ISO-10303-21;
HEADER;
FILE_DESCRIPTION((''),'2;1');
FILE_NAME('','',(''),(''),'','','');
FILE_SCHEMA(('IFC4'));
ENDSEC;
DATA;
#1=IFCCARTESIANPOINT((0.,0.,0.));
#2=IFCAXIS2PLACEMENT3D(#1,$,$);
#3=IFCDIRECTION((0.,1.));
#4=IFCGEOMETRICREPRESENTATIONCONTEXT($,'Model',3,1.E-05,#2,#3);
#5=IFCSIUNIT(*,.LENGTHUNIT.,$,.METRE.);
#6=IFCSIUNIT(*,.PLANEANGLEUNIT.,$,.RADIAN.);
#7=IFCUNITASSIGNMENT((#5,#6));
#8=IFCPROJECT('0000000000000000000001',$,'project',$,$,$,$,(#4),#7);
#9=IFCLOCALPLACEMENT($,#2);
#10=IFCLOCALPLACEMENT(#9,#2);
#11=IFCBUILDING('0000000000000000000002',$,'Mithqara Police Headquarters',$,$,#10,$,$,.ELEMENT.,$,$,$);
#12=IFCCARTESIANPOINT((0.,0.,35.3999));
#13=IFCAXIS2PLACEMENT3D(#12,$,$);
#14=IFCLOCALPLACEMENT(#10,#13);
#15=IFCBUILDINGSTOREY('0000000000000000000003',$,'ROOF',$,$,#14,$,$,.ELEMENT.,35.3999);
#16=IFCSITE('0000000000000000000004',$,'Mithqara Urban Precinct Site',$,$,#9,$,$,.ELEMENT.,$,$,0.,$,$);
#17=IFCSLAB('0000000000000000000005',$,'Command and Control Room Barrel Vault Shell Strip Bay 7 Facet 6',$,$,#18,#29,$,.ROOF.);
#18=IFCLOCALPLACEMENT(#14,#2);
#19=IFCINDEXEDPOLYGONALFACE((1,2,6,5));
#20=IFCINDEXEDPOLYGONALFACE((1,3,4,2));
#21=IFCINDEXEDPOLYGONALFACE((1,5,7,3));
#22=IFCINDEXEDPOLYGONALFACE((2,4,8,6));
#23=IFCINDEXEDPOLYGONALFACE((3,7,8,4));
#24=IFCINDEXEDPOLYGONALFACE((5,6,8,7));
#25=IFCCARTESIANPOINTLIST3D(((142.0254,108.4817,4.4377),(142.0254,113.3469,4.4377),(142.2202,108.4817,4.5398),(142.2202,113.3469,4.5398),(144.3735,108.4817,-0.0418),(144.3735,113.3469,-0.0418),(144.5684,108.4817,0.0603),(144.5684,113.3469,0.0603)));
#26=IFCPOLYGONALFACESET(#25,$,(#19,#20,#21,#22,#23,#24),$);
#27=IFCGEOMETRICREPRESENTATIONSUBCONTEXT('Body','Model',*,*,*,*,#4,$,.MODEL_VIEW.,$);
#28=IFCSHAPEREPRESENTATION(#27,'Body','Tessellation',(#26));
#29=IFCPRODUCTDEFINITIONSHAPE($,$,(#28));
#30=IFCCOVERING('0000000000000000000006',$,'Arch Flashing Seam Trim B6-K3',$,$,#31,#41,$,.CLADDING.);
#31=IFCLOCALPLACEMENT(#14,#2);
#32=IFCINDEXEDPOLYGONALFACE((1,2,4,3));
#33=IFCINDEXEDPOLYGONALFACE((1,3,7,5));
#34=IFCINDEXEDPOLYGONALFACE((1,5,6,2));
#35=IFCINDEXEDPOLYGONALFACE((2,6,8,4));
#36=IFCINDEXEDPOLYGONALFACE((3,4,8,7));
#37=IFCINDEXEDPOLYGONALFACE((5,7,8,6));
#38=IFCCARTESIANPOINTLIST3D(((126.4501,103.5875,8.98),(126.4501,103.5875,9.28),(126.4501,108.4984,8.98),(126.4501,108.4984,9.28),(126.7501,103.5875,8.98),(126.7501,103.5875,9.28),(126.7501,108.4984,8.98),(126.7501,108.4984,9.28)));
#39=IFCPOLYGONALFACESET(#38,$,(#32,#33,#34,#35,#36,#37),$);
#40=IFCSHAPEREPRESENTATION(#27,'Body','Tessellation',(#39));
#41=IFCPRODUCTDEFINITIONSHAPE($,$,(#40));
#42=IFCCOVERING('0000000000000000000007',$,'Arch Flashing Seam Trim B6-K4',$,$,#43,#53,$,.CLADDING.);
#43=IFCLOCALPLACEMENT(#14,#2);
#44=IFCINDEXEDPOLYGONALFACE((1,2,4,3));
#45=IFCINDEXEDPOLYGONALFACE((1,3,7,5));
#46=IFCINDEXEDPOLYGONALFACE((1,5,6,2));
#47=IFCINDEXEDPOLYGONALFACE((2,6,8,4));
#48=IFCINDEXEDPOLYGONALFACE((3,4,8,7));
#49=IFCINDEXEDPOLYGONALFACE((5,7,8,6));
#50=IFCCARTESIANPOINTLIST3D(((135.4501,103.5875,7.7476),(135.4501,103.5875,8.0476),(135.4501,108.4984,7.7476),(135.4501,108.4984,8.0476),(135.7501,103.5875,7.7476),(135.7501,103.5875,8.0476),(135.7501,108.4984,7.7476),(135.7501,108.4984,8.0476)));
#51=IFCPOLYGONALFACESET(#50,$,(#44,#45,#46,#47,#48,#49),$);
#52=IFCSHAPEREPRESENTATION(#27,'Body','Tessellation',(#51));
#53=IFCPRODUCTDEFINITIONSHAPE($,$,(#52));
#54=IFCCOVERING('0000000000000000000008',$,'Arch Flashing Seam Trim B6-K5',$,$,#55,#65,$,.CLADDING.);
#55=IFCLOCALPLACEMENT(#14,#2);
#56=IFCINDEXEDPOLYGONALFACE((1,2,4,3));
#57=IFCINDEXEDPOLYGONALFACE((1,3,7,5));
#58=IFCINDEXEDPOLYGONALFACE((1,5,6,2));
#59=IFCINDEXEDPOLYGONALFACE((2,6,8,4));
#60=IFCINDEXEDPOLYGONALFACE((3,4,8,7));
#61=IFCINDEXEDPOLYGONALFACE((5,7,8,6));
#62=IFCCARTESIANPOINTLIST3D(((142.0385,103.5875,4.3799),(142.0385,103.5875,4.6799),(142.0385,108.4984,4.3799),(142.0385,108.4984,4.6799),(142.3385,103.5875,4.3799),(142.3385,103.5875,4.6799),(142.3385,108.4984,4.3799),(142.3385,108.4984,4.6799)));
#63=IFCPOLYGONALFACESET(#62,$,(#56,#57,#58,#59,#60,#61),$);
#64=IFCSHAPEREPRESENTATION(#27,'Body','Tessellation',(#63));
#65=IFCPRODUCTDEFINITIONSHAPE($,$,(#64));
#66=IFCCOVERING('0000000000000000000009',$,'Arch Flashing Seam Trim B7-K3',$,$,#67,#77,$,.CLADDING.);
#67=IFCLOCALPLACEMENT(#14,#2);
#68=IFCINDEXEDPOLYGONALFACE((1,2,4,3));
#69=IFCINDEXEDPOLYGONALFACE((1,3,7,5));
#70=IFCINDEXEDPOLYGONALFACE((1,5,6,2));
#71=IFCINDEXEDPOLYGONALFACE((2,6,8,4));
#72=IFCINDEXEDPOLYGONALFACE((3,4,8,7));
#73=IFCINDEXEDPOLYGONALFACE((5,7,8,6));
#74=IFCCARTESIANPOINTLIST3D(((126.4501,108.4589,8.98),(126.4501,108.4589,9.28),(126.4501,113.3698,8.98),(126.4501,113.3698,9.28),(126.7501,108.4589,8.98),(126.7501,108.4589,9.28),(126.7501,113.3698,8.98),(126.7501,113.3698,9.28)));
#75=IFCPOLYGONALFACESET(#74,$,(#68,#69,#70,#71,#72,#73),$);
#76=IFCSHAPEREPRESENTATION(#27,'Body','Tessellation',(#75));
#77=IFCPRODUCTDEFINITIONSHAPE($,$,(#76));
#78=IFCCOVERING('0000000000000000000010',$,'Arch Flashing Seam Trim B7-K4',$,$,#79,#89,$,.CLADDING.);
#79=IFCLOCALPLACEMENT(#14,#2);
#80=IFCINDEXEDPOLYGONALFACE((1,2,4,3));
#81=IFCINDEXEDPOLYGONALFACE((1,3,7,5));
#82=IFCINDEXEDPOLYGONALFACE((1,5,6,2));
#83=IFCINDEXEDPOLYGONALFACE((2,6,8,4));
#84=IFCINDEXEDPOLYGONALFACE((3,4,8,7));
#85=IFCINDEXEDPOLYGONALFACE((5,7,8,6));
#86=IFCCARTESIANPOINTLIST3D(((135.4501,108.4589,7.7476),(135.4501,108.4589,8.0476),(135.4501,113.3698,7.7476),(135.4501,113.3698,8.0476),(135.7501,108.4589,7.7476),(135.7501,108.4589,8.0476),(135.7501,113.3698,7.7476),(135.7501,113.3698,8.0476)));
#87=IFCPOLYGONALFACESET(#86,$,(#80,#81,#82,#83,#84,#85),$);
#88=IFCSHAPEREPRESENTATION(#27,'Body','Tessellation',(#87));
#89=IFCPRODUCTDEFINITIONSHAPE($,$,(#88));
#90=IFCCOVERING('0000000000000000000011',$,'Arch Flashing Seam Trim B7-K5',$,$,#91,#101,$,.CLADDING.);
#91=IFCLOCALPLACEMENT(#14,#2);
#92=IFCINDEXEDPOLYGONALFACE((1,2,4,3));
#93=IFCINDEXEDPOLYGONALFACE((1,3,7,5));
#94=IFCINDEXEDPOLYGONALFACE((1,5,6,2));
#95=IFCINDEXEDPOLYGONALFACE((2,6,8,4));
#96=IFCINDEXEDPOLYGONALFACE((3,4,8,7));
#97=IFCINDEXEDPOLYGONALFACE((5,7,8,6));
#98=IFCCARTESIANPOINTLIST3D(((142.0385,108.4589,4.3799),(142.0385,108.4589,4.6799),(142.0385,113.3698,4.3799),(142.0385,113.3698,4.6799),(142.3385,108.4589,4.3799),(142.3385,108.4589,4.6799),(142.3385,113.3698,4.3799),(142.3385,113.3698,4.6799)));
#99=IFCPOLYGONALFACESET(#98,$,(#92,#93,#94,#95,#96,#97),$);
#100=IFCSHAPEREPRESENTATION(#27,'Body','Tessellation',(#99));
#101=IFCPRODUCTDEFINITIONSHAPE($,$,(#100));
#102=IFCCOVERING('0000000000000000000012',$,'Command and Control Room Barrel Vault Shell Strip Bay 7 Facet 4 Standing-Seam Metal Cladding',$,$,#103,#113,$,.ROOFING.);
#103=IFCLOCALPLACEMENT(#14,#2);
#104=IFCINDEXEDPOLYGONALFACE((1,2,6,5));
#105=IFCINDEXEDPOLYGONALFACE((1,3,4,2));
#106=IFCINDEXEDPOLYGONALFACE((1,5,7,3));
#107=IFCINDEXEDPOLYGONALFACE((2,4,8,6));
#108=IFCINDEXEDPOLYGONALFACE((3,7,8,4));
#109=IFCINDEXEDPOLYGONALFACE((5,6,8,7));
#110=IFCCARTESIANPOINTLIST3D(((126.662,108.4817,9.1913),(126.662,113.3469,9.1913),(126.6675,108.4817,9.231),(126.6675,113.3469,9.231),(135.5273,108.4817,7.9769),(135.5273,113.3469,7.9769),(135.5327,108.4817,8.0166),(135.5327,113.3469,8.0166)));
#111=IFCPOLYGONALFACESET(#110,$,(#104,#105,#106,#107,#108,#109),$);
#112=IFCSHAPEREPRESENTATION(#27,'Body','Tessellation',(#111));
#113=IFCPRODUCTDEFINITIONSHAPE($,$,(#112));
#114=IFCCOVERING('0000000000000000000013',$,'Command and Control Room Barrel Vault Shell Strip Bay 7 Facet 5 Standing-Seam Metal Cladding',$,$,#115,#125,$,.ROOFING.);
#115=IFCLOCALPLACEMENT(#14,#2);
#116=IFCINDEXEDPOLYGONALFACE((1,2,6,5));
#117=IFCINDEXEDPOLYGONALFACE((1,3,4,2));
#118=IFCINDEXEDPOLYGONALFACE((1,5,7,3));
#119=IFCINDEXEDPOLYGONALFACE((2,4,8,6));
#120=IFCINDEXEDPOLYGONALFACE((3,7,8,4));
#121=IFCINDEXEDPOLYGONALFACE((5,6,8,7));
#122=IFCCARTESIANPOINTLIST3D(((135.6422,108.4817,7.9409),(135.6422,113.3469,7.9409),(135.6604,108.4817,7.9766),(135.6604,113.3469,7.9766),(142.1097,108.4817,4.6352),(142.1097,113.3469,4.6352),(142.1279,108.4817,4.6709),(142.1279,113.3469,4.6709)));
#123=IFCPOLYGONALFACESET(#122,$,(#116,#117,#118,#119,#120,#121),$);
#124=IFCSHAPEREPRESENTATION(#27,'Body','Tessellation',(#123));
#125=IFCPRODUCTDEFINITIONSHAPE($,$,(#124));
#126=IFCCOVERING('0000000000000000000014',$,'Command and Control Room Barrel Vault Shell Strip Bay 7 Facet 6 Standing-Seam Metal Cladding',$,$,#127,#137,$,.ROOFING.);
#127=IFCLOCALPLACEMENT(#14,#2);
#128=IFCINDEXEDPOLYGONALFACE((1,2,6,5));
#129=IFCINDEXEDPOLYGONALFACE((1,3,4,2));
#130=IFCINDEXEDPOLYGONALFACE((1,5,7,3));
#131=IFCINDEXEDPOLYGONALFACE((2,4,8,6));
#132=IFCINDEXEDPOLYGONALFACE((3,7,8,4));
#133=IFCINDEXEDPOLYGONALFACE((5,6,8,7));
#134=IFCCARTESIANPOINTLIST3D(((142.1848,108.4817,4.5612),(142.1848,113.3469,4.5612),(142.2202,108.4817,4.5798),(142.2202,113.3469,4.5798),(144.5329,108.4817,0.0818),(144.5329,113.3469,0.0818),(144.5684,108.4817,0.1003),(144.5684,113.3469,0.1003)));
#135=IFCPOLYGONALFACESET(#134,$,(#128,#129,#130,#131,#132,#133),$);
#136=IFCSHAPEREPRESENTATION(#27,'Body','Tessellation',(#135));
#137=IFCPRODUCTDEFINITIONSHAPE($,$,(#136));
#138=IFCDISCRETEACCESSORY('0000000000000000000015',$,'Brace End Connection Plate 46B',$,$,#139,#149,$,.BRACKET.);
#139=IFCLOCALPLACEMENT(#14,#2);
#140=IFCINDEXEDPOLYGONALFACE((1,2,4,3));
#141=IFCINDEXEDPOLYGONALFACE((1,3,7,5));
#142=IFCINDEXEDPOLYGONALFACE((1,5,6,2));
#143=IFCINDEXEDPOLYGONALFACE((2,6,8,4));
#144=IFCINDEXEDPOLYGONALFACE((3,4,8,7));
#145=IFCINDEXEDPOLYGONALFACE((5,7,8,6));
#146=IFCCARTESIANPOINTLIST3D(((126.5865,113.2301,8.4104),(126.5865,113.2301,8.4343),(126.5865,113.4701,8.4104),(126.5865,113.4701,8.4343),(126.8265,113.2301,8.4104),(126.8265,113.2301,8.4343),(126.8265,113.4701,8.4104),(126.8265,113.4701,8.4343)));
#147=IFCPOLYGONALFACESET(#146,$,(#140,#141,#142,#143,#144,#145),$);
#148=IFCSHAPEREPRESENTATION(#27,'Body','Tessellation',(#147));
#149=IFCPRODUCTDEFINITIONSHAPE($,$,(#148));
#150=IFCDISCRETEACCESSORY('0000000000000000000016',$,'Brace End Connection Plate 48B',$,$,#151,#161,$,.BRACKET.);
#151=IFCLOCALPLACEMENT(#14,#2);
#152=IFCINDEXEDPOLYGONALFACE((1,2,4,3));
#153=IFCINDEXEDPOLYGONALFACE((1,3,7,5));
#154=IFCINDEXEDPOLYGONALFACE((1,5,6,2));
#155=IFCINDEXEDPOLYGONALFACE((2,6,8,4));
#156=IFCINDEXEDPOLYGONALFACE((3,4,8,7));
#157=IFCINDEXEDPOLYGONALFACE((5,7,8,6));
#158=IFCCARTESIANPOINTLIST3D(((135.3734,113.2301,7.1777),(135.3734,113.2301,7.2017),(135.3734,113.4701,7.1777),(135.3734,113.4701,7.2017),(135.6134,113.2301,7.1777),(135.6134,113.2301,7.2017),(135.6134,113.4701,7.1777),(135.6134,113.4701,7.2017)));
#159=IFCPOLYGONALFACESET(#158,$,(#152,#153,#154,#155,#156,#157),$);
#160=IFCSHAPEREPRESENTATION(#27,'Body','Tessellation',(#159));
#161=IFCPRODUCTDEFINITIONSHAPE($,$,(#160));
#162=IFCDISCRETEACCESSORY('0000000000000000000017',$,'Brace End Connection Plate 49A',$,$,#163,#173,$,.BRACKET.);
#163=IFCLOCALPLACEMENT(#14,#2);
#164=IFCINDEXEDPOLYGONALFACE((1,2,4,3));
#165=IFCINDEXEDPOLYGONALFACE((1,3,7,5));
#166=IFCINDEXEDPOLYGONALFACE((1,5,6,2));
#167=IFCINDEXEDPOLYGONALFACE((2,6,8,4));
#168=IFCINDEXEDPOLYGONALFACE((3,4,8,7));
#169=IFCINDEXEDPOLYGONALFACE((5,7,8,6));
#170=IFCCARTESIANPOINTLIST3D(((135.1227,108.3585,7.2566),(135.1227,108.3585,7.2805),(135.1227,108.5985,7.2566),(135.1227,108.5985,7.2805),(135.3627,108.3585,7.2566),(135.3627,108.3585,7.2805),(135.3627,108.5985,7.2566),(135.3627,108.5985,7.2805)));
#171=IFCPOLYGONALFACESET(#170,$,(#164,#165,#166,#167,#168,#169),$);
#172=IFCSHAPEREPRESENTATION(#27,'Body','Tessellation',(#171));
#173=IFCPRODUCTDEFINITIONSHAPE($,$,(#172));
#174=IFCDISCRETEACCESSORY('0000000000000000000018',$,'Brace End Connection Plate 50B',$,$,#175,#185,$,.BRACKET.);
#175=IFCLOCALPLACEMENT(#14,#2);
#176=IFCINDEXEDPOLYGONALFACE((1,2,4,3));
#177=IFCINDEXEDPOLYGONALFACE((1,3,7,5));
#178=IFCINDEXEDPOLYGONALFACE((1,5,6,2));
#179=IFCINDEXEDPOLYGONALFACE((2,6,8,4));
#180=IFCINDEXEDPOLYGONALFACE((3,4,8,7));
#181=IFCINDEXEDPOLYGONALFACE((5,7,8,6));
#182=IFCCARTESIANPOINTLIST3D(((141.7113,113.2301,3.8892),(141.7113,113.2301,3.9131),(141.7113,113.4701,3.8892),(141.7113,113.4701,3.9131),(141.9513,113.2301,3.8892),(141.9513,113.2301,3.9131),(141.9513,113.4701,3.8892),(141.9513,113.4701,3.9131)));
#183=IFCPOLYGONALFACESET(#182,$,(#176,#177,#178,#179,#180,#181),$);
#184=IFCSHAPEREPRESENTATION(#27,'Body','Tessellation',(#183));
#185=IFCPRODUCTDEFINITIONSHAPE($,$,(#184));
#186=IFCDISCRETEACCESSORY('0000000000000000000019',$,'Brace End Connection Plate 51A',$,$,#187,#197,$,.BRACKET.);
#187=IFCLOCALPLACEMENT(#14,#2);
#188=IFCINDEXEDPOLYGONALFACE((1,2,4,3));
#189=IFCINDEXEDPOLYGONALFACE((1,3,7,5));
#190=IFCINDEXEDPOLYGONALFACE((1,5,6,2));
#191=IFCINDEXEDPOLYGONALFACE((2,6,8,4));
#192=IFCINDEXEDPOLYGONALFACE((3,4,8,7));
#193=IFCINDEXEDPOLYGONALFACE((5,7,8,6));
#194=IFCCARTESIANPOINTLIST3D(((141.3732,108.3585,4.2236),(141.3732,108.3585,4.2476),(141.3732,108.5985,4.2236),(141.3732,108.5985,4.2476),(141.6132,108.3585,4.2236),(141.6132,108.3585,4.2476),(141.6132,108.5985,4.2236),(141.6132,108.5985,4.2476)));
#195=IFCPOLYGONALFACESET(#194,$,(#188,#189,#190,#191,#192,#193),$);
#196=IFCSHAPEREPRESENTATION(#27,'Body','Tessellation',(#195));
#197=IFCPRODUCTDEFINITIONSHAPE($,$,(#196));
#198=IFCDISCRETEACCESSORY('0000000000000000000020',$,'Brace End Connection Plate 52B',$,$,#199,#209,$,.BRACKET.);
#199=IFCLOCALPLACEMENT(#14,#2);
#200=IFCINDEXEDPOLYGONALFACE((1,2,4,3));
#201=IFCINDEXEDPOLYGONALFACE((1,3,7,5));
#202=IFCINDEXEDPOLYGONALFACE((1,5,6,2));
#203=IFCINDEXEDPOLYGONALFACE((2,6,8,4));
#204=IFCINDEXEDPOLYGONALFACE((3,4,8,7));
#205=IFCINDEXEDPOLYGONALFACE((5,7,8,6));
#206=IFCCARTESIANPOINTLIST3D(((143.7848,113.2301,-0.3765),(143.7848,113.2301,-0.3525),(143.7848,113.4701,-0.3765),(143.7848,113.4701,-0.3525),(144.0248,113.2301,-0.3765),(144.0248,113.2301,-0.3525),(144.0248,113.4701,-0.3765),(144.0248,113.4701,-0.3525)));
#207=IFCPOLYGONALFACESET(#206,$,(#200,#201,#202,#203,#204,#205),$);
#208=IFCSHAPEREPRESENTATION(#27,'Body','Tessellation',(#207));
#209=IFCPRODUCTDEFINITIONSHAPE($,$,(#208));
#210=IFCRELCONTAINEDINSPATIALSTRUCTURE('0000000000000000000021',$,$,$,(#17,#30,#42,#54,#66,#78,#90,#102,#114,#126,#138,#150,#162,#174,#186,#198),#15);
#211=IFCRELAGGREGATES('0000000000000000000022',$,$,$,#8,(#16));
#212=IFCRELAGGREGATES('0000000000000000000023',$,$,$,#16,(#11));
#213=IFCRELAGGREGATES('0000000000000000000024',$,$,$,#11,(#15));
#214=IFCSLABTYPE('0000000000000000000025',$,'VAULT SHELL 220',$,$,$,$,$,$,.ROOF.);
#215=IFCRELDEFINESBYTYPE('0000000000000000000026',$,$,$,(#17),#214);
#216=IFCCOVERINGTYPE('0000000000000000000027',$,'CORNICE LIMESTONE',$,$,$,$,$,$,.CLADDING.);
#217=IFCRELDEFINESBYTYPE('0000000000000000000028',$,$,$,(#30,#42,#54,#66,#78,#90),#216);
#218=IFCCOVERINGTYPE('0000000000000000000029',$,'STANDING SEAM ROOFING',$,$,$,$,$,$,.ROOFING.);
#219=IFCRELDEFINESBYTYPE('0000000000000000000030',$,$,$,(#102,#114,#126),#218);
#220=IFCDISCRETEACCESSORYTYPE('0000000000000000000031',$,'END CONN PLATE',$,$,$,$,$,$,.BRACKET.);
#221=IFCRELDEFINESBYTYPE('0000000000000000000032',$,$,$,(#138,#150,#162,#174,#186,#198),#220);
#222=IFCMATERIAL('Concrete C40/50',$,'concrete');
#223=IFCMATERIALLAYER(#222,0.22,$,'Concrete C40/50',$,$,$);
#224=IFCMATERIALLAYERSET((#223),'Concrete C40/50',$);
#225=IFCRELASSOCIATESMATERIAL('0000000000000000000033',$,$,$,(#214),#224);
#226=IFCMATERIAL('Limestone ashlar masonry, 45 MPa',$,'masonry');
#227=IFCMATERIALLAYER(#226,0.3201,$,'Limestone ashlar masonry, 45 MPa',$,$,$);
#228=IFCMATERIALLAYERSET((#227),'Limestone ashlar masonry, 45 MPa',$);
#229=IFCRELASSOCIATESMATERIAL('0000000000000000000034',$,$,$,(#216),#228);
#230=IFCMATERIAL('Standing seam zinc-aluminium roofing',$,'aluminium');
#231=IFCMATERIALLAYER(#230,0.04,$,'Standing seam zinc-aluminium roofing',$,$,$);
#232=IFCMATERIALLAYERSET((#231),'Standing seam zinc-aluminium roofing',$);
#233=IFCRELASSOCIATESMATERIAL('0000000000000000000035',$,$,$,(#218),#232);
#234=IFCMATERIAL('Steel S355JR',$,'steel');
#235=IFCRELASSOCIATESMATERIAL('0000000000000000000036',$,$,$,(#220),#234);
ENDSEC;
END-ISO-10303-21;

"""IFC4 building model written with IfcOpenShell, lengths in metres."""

from ifc_helpers import new_model, si_unit, direction, frame, origin, origin_2d, place, context, subcontext, project, spatial, polyline, rectangle, outline, extrude, material, layer, layer_set, type_object, element, save


model = new_model("IFC4")

# Units and contexts
model_context = context("Model", 3, precision=1e-05, world=origin(), true_north=direction((0.0, 1.0)))
body_context = subcontext(model_context, "Body", "Model", "MODEL_VIEW")
ifc_project = project(units=[si_unit("LENGTHUNIT", "METRE"), si_unit("PLANEANGLEUNIT", "RADIAN")], contexts=[model_context])

# Site, building, storey
site_placement = place(None, origin())
site = spatial("IfcSite", under=ifc_project, at=site_placement, Name="Mithqara Urban Precinct Site", CompositionType="ELEMENT", RefElevation=0.0)
building_placement = place(site_placement, origin())
building = spatial("IfcBuilding", under=site, at=building_placement, Name="Mithqara Police Headquarters", CompositionType="ELEMENT")
storey_placement = place(building_placement, frame((0.0, 0.0, 35.3999)))
storey = spatial("IfcBuildingStorey", under=building, at=storey_placement, Name="ROOF", CompositionType="ELEMENT", Elevation=35.3999)

# Shared definitions
ifc_material_1 = material(Name="Steel S355JR", Category="steel")

# Slab
ifc_material_2 = material(Name="Concrete C40/50", Category="concrete")
ifc_layer_1 = layer(ifc_material_2, 0.22, Name="Concrete C40/50")
ifc_layer_set_1 = layer_set([ifc_layer_1], Name="Concrete C40/50")
slab_type = type_object("IfcSlabType", Name="VAULT SHELL 220", PredefinedType="ROOF", material=ifc_layer_set_1)
slab_1_placement = place(storey_placement, frame((142.2202, 108.4817, 4.5398), z_axis=(0.88569, 0.0, 0.464278), x_axis=(0.464278, 0.0, -0.88569)))
element("IfcSlab", 1, at=slab_1_placement, inside=storey, type_object=slab_type, Name="Command and Control Room Barrel Vault Shell Strip Bay 7 Facet 6", PredefinedType="ROOF", context=body_context, shape_type="SweptSolid", body=[
    extrude(outline(polyline([(0.0, 0.0), (5.0576, 0.0), (5.0576, 4.8652), (0.0, 4.8652), (0.0, 0.0)])), origin(), (0.0, 0.0, -1.0), 0.22),
])

# Coverings
ifc_material_3 = material(Name="Limestone ashlar masonry, 45 MPa", Category="masonry")
ifc_layer_2 = layer(ifc_material_3, 0.3201, Name="Limestone ashlar masonry, 45 MPa")
ifc_layer_set_2 = layer_set([ifc_layer_2], Name="Limestone ashlar masonry, 45 MPa")
covering_type_1 = type_object("IfcCoveringType", Name="CORNICE LIMESTONE", PredefinedType="CLADDING", material=ifc_layer_set_2)
for number, where, z_axis, x_axis, name in (
    (2, (126.6001, 106.043, 8.98), (0.0, 0.0, 1.0), (1.0, 0.0, 0.0), "Arch Flashing Seam Trim B6-K3"),
    (3, (135.6001, 106.043, 7.7476), (0.0, 0.0, 1.0), (1.0, 0.0, 0.0), "Arch Flashing Seam Trim B6-K4"),
    (4, (142.1885, 106.043, 4.3799), (0.0, 0.0, 1.0), (1.0, 0.0, 0.0), "Arch Flashing Seam Trim B6-K5"),
    (5, (126.6001, 110.9143, 8.98), (0.0, 0.0, 1.0), (1.0, 0.0, 0.0), "Arch Flashing Seam Trim B7-K3"),
    (6, (135.6001, 110.9143, 7.7476), (0.0, 0.0, 1.0), (1.0, 0.0, 0.0), "Arch Flashing Seam Trim B7-K4"),
    (7, (142.1885, 110.9143, 4.3799), (0.0, 0.0, 1.0), (1.0, 0.0, 0.0), "Arch Flashing Seam Trim B7-K5"),
):
    element("IfcCovering", number, at=place(storey_placement, frame(where, z_axis=z_axis, x_axis=x_axis)), inside=storey, type_object=covering_type_1, Name=name, PredefinedType="CLADDING", context=body_context, shape_type="SweptSolid", body=[
        extrude(rectangle(XDim=0.3, YDim=4.9109, at=origin_2d()), origin(), (0.0, 0.0, 1.0), 0.3),
    ])
ifc_material_4 = material(Name="Standing seam zinc-aluminium roofing", Category="aluminium")
ifc_layer_3 = layer(ifc_material_4, 0.04, Name="Standing seam zinc-aluminium roofing")
ifc_layer_set_3 = layer_set([ifc_layer_3], Name="Standing seam zinc-aluminium roofing")
covering_type_2 = type_object("IfcCoveringType", Name="STANDING SEAM ROOFING", PredefinedType="ROOFING", material=ifc_layer_set_3)
covering_1_placement = place(storey_placement, frame((126.6675, 108.4817, 9.231), z_axis=(0.135712, 0.0, 0.990748), x_axis=(0.990748, 0.0, -0.135712)))
element("IfcCovering", 8, at=covering_1_placement, inside=storey, type_object=covering_type_2, Name="Command and Control Room Barrel Vault Shell Strip Bay 7 Facet 4 Standing-Seam Metal Cladding", PredefinedType="ROOFING", context=body_context, shape_type="SweptSolid", body=[
    extrude(outline(polyline([(0.0, 0.0), (8.948, 0.0), (8.948, 4.8652), (0.0, 4.8652), (0.0, 0.0)])), origin(), (0.0, 0.0, -1.0), 0.04),
])
covering_2_placement = place(storey_placement, frame((135.6604, 108.4817, 7.9766), z_axis=(0.455115, 0.0, 0.890433), x_axis=(0.890433, 0.0, -0.455115)))
element("IfcCovering", 9, at=covering_2_placement, inside=storey, type_object=covering_type_2, Name="Command and Control Room Barrel Vault Shell Strip Bay 7 Facet 5 Standing-Seam Metal Cladding", PredefinedType="ROOFING", context=body_context, shape_type="SweptSolid", body=[
    extrude(outline(polyline([(0.0, 0.0), (7.2634, 0.0), (7.2634, 4.8652), (0.0, 4.8652), (0.0, 0.0)])), origin(), (0.0, 0.0, -1.0), 0.04),
])
covering_3_placement = place(storey_placement, frame((142.2202, 108.4817, 4.5798), z_axis=(0.88569, 0.0, 0.464278), x_axis=(0.464278, 0.0, -0.88569)))
element("IfcCovering", 10, at=covering_3_placement, inside=storey, type_object=covering_type_2, Name="Command and Control Room Barrel Vault Shell Strip Bay 7 Facet 6 Standing-Seam Metal Cladding", PredefinedType="ROOFING", context=body_context, shape_type="SweptSolid", body=[
    extrude(outline(polyline([(0.0, 0.0), (5.0576, 0.0), (5.0576, 4.8652), (0.0, 4.8652), (0.0, 0.0)])), origin(), (0.0, 0.0, -1.0), 0.04),
])

# Discrete accessories
discrete_accessory_type = type_object("IfcDiscreteAccessoryType", Name="END CONN PLATE", PredefinedType="BRACKET", material=ifc_material_1)
for number, where, z_axis, x_axis, name in (
    (11, (126.7065, 113.3501, 8.4104), (0.0, 0.0, 1.0), (1.0, 0.0, 0.0), "Brace End Connection Plate 46B"),
    (12, (135.4934, 113.3501, 7.1777), (0.0, 0.0, 1.0), (1.0, 0.0, 0.0), "Brace End Connection Plate 48B"),
    (13, (135.2427, 108.4785, 7.2566), (0.0, 0.0, 1.0), (1.0, 0.0, 0.0), "Brace End Connection Plate 49A"),
    (14, (141.8313, 113.3501, 3.8892), (0.0, 0.0, 1.0), (1.0, 0.0, 0.0), "Brace End Connection Plate 50B"),
    (15, (141.4932, 108.4785, 4.2236), (0.0, 0.0, 1.0), (1.0, 0.0, 0.0), "Brace End Connection Plate 51A"),
    (16, (143.9048, 113.3501, -0.3765), (0.0, 0.0, 1.0), (1.0, 0.0, 0.0), "Brace End Connection Plate 52B"),
):
    element("IfcDiscreteAccessory", number, at=place(storey_placement, frame(where, z_axis=z_axis, x_axis=x_axis)), inside=storey, type_object=discrete_accessory_type, Name=name, PredefinedType="BRACKET", context=body_context, shape_type="SweptSolid", body=[
        extrude(rectangle(XDim=0.24, YDim=0.24, at=origin_2d()), origin(), (0.0, 0.0, 1.0), 0.0239),
    ])

save(model, "model.ifc")
